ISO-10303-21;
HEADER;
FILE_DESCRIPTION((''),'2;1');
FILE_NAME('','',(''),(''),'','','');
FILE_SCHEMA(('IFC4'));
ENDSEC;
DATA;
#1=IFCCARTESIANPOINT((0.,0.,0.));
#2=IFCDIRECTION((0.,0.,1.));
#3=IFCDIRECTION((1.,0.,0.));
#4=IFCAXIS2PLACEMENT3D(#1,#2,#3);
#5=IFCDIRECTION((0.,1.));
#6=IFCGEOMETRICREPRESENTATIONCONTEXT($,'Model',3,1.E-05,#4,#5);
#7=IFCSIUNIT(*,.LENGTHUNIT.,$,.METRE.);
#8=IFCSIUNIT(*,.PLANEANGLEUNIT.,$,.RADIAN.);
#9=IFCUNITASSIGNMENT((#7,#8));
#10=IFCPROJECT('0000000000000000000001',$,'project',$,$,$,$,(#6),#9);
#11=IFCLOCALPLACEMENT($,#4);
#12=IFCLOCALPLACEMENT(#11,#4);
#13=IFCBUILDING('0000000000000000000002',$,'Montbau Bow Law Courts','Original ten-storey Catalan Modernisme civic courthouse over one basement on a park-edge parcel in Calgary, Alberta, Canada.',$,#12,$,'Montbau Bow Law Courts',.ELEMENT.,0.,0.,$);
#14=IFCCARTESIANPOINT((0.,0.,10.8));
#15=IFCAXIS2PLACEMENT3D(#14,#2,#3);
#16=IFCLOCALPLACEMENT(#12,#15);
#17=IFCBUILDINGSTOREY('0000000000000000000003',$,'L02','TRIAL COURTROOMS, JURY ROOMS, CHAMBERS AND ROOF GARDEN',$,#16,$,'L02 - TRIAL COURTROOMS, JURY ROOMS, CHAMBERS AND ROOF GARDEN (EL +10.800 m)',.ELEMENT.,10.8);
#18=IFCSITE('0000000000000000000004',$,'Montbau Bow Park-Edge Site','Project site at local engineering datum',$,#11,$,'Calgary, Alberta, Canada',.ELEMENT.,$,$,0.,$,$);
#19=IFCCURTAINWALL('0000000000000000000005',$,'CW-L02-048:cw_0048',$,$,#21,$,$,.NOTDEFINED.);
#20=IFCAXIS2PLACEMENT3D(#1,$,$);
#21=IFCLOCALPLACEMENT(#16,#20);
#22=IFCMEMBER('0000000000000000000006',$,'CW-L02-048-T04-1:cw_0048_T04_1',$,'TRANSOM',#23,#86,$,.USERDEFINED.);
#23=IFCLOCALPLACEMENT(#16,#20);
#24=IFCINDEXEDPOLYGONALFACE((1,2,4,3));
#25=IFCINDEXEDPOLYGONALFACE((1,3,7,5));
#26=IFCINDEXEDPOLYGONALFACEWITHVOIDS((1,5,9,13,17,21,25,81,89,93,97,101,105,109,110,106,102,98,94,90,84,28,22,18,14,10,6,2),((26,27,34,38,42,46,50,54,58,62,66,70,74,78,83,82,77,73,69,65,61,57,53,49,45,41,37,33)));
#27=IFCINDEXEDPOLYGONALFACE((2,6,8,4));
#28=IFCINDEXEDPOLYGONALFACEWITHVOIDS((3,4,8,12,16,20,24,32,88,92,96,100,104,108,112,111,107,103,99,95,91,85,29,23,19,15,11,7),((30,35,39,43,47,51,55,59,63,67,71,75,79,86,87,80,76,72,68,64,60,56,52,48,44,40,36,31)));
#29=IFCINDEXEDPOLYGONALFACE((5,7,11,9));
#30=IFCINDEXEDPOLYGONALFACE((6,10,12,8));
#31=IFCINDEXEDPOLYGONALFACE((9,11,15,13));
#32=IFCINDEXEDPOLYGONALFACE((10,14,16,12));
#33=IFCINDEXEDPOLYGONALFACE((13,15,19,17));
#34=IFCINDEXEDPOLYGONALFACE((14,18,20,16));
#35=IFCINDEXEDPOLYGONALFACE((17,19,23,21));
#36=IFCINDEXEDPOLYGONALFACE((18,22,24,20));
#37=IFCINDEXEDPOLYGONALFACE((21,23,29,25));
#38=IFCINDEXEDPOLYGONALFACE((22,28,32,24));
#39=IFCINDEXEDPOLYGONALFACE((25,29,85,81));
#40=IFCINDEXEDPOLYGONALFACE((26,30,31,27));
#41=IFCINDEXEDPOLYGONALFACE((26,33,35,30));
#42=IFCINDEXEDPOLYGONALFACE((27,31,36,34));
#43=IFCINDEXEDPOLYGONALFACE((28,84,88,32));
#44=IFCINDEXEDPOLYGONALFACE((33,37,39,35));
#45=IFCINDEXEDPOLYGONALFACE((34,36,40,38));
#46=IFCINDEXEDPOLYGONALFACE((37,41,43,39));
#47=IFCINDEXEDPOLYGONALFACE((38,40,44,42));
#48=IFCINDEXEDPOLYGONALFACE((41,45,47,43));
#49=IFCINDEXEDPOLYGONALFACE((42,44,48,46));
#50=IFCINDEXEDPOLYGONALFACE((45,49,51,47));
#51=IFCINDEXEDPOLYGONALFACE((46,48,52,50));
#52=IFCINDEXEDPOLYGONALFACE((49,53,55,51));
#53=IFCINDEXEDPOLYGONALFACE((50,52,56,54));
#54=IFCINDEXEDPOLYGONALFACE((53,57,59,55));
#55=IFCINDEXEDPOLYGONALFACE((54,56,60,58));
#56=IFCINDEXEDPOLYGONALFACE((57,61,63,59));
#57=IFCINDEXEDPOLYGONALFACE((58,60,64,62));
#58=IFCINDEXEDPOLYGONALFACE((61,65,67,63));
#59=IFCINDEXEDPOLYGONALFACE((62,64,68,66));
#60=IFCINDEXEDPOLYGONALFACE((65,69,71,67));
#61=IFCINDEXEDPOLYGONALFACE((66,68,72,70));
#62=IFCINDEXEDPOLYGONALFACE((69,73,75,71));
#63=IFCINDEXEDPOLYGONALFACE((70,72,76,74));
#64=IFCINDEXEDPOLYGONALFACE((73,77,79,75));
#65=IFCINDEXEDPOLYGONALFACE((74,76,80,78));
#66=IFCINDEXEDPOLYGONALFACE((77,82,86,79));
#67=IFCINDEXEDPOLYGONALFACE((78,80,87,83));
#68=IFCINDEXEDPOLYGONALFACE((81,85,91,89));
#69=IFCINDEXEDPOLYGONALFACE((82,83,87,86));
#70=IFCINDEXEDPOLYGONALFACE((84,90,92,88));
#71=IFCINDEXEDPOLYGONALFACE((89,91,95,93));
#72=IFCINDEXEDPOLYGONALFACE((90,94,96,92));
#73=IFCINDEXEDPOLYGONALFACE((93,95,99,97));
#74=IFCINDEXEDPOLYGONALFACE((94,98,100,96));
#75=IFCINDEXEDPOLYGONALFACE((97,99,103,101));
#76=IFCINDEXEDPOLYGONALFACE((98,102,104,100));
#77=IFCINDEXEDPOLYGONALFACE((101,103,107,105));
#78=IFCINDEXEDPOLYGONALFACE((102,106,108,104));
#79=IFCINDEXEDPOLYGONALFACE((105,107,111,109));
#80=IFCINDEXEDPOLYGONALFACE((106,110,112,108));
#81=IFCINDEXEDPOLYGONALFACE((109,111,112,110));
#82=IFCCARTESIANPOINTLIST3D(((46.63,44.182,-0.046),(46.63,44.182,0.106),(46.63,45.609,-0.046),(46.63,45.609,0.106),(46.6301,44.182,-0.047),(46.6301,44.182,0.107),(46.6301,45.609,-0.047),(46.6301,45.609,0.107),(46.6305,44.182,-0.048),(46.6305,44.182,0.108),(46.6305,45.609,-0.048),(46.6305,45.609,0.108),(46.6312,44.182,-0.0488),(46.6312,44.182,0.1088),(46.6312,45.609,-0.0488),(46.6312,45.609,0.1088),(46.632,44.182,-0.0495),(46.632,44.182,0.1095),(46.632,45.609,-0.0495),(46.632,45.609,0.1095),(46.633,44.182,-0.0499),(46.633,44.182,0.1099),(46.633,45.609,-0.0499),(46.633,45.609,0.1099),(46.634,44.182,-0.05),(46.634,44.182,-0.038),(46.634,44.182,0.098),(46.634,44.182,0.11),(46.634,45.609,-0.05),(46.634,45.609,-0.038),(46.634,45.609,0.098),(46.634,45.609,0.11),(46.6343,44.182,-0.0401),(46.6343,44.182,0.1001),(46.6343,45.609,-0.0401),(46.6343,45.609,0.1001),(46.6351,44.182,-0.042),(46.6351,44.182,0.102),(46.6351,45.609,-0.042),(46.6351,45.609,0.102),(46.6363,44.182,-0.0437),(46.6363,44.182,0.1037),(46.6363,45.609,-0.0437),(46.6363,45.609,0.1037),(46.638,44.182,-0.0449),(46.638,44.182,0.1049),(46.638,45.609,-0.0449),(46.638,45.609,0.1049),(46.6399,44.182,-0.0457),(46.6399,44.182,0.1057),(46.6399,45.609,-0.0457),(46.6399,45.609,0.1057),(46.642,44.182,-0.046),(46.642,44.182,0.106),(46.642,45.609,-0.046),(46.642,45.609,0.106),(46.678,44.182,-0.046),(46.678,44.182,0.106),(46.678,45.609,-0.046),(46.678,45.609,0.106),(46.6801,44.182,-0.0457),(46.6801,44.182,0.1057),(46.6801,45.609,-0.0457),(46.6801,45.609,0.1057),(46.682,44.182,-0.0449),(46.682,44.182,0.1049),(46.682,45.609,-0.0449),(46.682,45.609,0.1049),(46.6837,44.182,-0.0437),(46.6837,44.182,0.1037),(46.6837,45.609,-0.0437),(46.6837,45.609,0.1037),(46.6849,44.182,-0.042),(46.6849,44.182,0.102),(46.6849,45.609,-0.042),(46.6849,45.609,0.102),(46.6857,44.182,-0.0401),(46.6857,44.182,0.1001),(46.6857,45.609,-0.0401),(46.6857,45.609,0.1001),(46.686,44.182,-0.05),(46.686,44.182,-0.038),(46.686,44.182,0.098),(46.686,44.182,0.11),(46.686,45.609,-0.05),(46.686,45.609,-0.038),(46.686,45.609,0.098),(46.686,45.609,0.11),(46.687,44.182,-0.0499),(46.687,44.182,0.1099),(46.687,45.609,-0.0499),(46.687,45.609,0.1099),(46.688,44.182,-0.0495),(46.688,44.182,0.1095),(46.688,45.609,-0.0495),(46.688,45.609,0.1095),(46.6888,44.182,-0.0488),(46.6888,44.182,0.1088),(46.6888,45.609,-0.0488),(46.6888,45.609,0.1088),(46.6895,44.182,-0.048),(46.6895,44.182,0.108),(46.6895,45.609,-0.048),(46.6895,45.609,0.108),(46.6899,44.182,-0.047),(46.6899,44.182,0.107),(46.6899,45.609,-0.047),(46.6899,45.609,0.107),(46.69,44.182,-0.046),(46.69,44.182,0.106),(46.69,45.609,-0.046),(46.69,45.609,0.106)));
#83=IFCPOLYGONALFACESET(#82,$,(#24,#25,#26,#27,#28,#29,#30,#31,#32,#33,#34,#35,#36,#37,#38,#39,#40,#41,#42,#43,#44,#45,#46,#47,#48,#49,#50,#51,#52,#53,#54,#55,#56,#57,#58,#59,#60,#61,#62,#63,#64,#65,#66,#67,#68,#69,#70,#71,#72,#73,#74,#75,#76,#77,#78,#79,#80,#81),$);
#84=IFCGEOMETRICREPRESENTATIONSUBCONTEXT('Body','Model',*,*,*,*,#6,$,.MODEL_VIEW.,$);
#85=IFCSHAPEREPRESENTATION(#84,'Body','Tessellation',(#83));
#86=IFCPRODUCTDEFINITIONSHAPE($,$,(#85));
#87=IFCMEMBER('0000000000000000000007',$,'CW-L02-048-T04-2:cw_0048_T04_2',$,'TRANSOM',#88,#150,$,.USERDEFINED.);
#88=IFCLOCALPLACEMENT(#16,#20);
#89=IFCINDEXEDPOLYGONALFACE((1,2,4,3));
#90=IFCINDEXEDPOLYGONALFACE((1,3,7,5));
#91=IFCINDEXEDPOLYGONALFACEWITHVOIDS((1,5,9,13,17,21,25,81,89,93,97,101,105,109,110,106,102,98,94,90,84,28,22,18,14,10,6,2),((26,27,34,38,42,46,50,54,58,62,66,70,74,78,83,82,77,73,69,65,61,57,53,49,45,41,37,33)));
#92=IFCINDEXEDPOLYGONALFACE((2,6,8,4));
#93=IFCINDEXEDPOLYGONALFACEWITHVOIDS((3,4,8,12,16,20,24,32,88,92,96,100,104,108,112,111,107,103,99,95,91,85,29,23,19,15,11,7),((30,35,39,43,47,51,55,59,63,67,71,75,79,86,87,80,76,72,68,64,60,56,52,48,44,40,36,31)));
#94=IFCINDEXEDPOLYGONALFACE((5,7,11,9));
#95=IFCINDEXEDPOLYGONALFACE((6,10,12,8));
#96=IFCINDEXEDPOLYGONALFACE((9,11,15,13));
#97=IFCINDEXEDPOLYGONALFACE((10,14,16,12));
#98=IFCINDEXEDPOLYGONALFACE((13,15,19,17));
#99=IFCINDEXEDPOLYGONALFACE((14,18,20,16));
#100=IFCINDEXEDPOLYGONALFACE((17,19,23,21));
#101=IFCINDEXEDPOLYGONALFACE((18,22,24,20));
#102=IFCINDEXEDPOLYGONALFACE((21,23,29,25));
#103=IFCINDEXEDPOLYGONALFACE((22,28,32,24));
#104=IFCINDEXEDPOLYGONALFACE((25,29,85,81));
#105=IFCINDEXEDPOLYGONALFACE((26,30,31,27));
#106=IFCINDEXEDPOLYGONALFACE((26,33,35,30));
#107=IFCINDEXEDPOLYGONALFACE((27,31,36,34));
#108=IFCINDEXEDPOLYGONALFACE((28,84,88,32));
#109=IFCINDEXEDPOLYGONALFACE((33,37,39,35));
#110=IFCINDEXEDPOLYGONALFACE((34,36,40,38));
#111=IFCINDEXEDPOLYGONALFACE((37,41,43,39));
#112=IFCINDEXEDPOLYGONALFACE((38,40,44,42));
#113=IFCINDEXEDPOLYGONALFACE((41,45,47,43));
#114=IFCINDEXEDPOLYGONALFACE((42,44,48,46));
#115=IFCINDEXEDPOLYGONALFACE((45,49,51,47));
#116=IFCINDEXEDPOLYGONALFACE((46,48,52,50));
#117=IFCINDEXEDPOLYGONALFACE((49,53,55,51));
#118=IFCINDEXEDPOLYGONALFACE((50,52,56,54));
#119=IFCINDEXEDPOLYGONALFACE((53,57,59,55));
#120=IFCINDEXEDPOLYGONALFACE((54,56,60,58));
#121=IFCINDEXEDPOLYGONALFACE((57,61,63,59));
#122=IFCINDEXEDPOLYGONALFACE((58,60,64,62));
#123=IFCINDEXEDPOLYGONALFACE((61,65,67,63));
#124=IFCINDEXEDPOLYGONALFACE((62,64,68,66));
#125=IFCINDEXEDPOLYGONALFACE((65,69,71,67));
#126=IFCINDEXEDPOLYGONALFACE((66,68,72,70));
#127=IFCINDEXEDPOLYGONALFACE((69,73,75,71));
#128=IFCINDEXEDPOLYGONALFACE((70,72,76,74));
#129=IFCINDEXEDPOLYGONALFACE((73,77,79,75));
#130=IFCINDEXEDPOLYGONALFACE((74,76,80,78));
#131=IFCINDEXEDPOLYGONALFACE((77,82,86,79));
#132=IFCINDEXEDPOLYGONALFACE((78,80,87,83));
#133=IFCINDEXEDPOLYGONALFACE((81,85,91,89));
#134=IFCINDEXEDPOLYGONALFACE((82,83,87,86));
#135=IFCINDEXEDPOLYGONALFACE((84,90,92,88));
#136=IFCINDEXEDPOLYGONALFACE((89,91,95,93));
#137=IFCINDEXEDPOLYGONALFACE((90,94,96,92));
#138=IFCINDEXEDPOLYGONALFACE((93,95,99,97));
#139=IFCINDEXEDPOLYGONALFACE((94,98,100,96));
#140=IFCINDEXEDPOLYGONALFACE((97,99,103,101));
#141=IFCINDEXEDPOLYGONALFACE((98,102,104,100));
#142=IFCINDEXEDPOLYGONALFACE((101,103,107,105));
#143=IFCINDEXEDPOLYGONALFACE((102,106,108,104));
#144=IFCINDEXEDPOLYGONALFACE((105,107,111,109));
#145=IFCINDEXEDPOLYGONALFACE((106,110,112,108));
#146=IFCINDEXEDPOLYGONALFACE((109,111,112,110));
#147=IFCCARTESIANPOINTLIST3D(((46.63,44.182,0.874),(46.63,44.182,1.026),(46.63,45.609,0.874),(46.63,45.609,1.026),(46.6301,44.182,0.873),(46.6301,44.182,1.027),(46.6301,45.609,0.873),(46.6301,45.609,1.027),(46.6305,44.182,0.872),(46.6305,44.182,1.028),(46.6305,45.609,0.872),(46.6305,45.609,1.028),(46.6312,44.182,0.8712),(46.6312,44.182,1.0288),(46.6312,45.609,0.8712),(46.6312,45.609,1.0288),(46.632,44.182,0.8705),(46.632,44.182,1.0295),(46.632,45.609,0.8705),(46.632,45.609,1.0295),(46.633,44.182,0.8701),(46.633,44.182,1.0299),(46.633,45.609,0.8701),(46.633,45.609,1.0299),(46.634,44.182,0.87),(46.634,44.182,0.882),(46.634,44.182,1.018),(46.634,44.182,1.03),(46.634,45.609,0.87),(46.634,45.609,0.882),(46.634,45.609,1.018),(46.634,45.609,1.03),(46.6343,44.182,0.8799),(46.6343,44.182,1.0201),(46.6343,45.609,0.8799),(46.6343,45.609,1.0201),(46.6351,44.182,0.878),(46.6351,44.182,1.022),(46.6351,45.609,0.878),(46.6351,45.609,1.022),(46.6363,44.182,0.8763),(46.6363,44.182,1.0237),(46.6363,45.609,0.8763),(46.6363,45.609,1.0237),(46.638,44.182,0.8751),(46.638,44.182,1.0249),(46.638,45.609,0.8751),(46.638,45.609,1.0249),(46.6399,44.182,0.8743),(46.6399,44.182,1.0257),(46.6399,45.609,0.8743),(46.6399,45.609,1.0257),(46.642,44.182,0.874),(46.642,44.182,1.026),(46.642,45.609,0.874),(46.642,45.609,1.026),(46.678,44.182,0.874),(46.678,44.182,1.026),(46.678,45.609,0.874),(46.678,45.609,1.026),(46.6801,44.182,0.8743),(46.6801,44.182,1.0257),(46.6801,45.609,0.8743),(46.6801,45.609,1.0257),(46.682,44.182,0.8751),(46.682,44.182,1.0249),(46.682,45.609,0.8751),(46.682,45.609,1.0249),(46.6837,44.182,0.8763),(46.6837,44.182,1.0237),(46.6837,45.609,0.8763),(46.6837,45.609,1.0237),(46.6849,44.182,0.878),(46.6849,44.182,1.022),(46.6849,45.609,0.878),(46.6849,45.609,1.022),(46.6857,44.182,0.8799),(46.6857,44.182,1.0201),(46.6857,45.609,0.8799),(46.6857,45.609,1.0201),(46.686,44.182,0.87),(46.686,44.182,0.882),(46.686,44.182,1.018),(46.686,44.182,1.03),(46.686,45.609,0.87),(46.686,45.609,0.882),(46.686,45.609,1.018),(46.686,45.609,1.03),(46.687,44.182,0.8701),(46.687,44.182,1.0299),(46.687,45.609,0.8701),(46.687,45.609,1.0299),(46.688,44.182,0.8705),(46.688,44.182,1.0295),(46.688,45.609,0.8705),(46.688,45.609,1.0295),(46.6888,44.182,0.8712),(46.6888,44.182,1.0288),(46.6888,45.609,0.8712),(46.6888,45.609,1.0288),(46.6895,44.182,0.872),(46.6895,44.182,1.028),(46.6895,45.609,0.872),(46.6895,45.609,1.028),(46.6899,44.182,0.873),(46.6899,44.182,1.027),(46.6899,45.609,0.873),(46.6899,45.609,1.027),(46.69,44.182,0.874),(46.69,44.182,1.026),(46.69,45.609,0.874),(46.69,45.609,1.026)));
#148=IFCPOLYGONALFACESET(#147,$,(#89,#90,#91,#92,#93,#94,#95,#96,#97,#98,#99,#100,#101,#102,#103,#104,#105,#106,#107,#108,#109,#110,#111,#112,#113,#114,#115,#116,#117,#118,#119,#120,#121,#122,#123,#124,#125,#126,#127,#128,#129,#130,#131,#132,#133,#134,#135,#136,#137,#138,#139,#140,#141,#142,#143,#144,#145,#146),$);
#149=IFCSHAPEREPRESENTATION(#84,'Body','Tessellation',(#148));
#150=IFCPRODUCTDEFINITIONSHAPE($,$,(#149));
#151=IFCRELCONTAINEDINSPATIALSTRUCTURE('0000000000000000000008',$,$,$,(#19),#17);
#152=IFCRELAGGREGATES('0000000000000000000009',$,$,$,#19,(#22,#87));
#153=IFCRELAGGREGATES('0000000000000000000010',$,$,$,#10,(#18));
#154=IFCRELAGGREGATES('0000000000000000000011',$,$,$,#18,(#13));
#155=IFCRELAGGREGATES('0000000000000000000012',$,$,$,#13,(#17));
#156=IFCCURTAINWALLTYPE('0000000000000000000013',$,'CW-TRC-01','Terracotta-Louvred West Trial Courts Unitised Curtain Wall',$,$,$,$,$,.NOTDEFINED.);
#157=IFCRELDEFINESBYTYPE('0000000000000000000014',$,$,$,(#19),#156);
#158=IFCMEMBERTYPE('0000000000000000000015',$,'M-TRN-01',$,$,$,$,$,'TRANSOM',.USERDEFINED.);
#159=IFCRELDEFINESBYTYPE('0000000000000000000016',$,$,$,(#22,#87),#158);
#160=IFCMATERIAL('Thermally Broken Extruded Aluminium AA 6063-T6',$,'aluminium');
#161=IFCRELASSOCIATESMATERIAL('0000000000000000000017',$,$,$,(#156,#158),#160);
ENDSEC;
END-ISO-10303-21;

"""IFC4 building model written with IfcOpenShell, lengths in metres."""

from ifc_helpers import new_model, si_unit, direction, frame, origin_with_axes, origin_2d_with_axis, place, context, subcontext, project, spatial, hollow_rectangle, extrude, material, material_profile, profile_set, type_object, element, aggregate, save


model = new_model("IFC4")

# Units and contexts
model_context = context("Model", 3, precision=1e-05, world=origin_with_axes(), true_north=direction((0.0, 1.0)))
body_context = subcontext(model_context, "Body", "Model", "MODEL_VIEW")
ifc_project = project(units=[si_unit("LENGTHUNIT", "METRE"), si_unit("PLANEANGLEUNIT", "RADIAN")], contexts=[model_context])

# Site, building, storey
site_placement = place(None, origin_with_axes())
site = spatial("IfcSite", under=ifc_project, at=site_placement, Name="Montbau Bow Park-Edge Site", Description="Project site at local engineering datum", LongName="Calgary, Alberta, Canada", CompositionType="ELEMENT", RefElevation=0.0)
building_placement = place(site_placement, origin_with_axes())
building = spatial("IfcBuilding", under=site, at=building_placement, Name="Montbau Bow Law Courts", Description="Original ten-storey Catalan Modernisme civic courthouse over one basement on a park-edge parcel in Calgary, Alberta, Canada.", LongName="Montbau Bow Law Courts", CompositionType="ELEMENT", ElevationOfRefHeight=0.0, ElevationOfTerrain=0.0)
storey_placement = place(building_placement, frame((0.0, 0.0, 10.8), z_axis=(0.0, 0.0, 1.0), x_axis=(1.0, 0.0, 0.0)))
storey = spatial("IfcBuildingStorey", under=building, at=storey_placement, Name="L02", Description="TRIAL COURTROOMS, JURY ROOMS, CHAMBERS AND ROOF GARDEN", LongName="L02 - TRIAL COURTROOMS, JURY ROOMS, CHAMBERS AND ROOF GARDEN (EL +10.800 m)", CompositionType="ELEMENT", Elevation=10.8)

# Curtain wall
ifc_material_1 = material(Name="Thermally Broken Extruded Aluminium AA 6063-T6", Category="aluminium")
curtain_wall_type = type_object("IfcCurtainWallType", Name="CW-TRC-01", Description="Terracotta-Louvred West Trial Courts Unitised Curtain Wall", PredefinedType="NOTDEFINED", material=ifc_material_1)
curtain_wall_1_placement = place(None, frame((46.66, 39.515, 10.8), z_axis=(0.0, 0.0, 1.0), x_axis=(1.0, 0.0, 0.0)))
curtain_wall_1 = element("IfcCurtainWall", 1, at=curtain_wall_1_placement, inside=storey, type_object=curtain_wall_type, Name="CW-L02-048:cw_0048", PredefinedType="NOTDEFINED")

# Members
ifc_material_profile_1 = material_profile(ifc_material_1, hollow_rectangle(XDim=0.06, YDim=0.16, WallThickness=0.004, InnerFilletRadius=0.008, OuterFilletRadius=0.004, at=origin_2d_with_axis()), Name="CWT-160X60", Category="Main", Priority=0)
ifc_profile_set_1 = profile_set([ifc_material_profile_1], Name="Thermally Broken Extruded Aluminium AA 6063-T6")
member_type_1 = type_object("IfcMemberType", Name="M-TRN-01", ElementType="TRANSOM", PredefinedType="USERDEFINED", material=ifc_profile_set_1)
member_1_placement = place(None, frame((46.66, 44.182, 10.83), z_axis=(0.0, 1.0, 0.0), x_axis=(-1.0, 0.0, 0.0)))
member_1 = element("IfcMember", 2, at=member_1_placement, type_object=member_type_1, Name="CW-L02-048-T04-1:cw_0048_T04_1", ObjectType="TRANSOM", PredefinedType="USERDEFINED", context=body_context, shape_type="SweptSolid", body=[
    extrude(hollow_rectangle(XDim=0.06, YDim=0.16, WallThickness=0.004, InnerFilletRadius=0.008, OuterFilletRadius=0.004, at=origin_2d_with_axis()), origin_with_axes(), (0.0, 0.0, 1.0), 1.427),
])
member_2_placement = place(None, frame((46.66, 44.182, 11.75), z_axis=(0.0, 1.0, 0.0), x_axis=(-1.0, 0.0, 0.0)))
member_2 = element("IfcMember", 3, at=member_2_placement, type_object=member_type_1, Name="CW-L02-048-T04-2:cw_0048_T04_2", ObjectType="TRANSOM", PredefinedType="USERDEFINED", context=body_context, shape_type="SweptSolid", body=[
    extrude(hollow_rectangle(XDim=0.06, YDim=0.16, WallThickness=0.004, InnerFilletRadius=0.008, OuterFilletRadius=0.004, at=origin_2d_with_axis()), origin_with_axes(), (0.0, 0.0, 1.0), 1.427),
])

aggregate(curtain_wall_1, [member_1, member_2])

save(model, "model.ifc")
